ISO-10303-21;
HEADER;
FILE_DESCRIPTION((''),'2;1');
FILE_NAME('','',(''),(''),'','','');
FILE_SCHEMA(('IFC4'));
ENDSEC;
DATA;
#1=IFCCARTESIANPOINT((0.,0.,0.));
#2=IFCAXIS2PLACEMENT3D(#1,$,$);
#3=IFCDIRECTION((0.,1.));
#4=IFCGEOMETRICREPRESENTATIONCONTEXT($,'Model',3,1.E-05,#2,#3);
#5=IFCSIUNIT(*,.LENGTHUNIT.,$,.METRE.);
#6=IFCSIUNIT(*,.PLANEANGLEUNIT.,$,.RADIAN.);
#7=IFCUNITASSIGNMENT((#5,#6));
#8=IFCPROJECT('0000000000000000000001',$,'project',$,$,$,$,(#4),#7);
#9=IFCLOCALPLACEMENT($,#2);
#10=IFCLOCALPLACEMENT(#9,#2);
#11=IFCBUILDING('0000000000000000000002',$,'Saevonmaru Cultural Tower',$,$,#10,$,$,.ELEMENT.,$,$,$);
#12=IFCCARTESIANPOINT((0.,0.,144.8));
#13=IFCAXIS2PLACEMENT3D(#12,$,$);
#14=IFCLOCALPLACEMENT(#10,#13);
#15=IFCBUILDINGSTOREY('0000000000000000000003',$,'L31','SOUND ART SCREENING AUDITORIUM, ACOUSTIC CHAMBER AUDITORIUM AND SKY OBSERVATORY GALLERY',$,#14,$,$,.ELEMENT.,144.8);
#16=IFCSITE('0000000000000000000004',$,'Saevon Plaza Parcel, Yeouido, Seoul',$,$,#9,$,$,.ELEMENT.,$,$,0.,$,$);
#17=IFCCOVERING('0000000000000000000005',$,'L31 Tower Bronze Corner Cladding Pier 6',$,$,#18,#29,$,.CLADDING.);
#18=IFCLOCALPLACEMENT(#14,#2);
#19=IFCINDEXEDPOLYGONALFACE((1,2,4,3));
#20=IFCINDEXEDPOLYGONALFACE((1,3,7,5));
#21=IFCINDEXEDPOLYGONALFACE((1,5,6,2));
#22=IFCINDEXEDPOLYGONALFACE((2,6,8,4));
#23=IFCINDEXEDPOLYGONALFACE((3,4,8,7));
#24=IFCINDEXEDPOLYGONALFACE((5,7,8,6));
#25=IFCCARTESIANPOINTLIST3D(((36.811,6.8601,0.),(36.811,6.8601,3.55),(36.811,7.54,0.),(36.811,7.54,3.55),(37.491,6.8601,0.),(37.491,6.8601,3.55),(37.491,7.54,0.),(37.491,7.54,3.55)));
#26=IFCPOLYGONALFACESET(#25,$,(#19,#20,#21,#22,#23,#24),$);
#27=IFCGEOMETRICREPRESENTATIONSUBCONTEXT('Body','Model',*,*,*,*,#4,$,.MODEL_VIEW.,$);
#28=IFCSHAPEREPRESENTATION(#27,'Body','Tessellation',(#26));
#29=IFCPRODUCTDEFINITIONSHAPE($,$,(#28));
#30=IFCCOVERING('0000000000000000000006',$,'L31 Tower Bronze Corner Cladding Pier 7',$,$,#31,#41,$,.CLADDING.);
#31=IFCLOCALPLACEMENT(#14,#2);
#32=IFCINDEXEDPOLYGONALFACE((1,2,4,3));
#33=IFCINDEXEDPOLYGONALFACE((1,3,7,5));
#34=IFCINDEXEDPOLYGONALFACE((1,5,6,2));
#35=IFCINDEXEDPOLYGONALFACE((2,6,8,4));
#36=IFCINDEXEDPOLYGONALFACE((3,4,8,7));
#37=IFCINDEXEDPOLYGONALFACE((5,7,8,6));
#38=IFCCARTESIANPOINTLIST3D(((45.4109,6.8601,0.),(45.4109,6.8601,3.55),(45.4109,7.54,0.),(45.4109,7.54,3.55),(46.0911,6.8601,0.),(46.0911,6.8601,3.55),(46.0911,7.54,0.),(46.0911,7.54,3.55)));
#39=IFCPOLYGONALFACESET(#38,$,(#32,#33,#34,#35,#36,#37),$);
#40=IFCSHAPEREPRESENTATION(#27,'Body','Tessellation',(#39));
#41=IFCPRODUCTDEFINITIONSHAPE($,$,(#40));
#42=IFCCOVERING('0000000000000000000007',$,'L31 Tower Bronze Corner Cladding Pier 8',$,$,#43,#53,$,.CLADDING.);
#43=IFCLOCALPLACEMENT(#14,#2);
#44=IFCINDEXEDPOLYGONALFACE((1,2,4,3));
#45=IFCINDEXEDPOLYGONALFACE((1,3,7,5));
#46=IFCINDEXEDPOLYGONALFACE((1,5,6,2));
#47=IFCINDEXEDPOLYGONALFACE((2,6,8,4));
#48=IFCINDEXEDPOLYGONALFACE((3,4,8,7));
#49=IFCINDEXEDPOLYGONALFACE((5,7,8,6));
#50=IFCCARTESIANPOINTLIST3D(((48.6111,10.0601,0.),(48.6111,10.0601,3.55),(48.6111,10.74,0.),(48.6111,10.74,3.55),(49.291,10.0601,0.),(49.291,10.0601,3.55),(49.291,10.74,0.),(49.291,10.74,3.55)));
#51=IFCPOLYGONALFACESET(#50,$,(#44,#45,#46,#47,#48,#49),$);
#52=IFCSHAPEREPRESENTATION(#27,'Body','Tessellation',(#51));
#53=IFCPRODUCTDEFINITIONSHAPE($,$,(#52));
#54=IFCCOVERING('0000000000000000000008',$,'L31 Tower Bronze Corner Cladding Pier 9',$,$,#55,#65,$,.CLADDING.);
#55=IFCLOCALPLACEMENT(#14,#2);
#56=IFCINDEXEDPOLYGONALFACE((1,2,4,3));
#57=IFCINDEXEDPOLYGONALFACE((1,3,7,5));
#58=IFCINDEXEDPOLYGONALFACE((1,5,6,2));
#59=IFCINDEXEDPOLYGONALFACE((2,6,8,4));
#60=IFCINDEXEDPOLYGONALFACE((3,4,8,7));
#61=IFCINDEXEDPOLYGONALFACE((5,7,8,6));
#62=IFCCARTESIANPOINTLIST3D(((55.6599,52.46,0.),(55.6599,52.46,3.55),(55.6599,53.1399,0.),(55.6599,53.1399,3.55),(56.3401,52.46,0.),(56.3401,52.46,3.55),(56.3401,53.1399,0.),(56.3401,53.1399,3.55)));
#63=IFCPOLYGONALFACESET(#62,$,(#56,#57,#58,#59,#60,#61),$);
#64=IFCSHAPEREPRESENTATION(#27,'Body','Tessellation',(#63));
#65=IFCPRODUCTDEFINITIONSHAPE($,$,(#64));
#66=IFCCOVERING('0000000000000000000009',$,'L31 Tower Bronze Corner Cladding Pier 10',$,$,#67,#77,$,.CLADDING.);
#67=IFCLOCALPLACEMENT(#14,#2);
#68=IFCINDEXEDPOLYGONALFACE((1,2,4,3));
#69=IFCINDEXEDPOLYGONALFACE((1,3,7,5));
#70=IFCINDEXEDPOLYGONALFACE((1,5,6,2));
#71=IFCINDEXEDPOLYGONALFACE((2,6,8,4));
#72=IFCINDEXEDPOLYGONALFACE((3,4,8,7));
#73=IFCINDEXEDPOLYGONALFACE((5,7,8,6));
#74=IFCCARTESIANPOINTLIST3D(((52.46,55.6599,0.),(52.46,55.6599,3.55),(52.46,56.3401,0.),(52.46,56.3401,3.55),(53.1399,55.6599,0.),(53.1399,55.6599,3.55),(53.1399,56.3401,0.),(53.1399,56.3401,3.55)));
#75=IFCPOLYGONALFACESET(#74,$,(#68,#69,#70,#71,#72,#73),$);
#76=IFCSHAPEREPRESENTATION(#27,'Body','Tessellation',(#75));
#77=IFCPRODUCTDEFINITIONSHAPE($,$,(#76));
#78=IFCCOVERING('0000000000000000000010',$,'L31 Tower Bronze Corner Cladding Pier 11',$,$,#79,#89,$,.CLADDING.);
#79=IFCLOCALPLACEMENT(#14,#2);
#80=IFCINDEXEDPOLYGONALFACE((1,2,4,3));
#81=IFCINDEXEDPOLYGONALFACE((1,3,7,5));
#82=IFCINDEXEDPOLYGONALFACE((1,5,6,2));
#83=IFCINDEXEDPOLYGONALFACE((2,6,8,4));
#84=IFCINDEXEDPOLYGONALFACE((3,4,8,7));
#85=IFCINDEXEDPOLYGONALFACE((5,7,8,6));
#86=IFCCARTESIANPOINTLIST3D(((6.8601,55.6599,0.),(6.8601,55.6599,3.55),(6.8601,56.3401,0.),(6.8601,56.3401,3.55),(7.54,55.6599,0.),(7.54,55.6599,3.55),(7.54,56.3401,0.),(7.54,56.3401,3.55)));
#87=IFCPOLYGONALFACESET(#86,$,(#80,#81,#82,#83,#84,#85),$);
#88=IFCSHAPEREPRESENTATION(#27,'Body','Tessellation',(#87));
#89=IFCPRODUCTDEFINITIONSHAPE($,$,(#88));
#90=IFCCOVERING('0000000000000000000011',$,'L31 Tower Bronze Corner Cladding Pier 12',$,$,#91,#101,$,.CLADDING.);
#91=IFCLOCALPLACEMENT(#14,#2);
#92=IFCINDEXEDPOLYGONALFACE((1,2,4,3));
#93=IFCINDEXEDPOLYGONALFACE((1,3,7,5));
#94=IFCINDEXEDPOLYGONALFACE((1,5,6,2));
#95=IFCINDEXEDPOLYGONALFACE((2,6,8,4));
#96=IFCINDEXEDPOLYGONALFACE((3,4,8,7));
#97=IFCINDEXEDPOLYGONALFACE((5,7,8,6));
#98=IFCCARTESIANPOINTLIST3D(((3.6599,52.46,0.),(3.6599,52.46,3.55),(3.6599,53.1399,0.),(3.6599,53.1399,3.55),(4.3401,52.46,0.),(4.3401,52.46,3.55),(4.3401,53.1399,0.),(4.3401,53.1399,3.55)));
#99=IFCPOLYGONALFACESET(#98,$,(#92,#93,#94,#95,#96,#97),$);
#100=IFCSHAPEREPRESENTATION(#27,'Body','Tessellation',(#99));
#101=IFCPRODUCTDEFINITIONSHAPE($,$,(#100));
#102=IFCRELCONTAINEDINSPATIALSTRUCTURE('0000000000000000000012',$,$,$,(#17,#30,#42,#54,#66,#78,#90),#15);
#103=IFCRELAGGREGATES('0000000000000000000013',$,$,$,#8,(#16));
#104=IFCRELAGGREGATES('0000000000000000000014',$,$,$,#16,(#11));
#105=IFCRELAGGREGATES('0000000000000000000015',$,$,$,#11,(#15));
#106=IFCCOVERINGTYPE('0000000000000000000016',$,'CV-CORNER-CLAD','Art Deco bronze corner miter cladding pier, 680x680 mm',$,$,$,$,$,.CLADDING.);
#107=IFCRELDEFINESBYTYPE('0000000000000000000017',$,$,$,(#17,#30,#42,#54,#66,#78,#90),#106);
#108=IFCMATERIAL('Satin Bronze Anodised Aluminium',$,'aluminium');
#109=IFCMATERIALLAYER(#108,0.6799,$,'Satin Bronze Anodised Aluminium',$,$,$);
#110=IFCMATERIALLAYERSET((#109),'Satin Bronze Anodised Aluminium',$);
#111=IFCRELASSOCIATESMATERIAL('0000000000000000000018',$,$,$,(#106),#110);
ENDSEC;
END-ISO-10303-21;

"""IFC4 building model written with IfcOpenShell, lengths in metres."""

from ifc_helpers import new_model, si_unit, direction, frame, origin, place, context, subcontext, project, spatial, polyline, outline, extrude, material, layer, layer_set, type_object, element, save


model = new_model("IFC4")

# Units and contexts
model_context = context("Model", 3, precision=1e-05, world=origin(), true_north=direction((0.0, 1.0)))
body_context = subcontext(model_context, "Body", "Model", "MODEL_VIEW")
ifc_project = project(units=[si_unit("LENGTHUNIT", "METRE"), si_unit("PLANEANGLEUNIT", "RADIAN")], contexts=[model_context])

# Site, building, storey
site_placement = place(None, origin())
site = spatial("IfcSite", under=ifc_project, at=site_placement, Name="Saevon Plaza Parcel, Yeouido, Seoul", CompositionType="ELEMENT", RefElevation=0.0)
building_placement = place(site_placement, origin())
building = spatial("IfcBuilding", under=site, at=building_placement, Name="Saevonmaru Cultural Tower", CompositionType="ELEMENT")
storey_placement = place(building_placement, frame((0.0, 0.0, 144.8)))
storey = spatial("IfcBuildingStorey", under=building, at=storey_placement, Name="L31", Description="SOUND ART SCREENING AUDITORIUM, ACOUSTIC CHAMBER AUDITORIUM AND SKY OBSERVATORY GALLERY", CompositionType="ELEMENT", Elevation=144.8)

# Shared definitions
ifc_material_1 = material(Name="Satin Bronze Anodised Aluminium", Category="aluminium")

# Coverings
ifc_layer_1 = layer(ifc_material_1, 0.6799, Name="Satin Bronze Anodised Aluminium")
ifc_layer_set_1 = layer_set([ifc_layer_1], Name="Satin Bronze Anodised Aluminium")
covering_type = type_object("IfcCoveringType", Name="CV-CORNER-CLAD", Description="Art Deco bronze corner miter cladding pier, 680x680 mm", PredefinedType="CLADDING", material=ifc_layer_set_1)
covering_1_placement = place(storey_placement, origin())
element("IfcCovering", 1, at=covering_1_placement, inside=storey, type_object=covering_type, Name="L31 Tower Bronze Corner Cladding Pier 6", PredefinedType="CLADDING", context=body_context, shape_type="SweptSolid", body=[
    extrude(outline(polyline([(36.811, 6.8601), (37.491, 6.8601), (37.491, 7.54), (36.811, 7.54), (36.811, 6.8601)])), origin(), (0.0, 0.0, 1.0), 3.55),
])
covering_2_placement = place(storey_placement, origin())
element("IfcCovering", 2, at=covering_2_placement, inside=storey, type_object=covering_type, Name="L31 Tower Bronze Corner Cladding Pier 7", PredefinedType="CLADDING", context=body_context, shape_type="SweptSolid", body=[
    extrude(outline(polyline([(45.4109, 6.8601), (46.0911, 6.8601), (46.0911, 7.54), (45.4109, 7.54), (45.4109, 6.8601)])), origin(), (0.0, 0.0, 1.0), 3.55),
])
covering_3_placement = place(storey_placement, origin())
element("IfcCovering", 3, at=covering_3_placement, inside=storey, type_object=covering_type, Name="L31 Tower Bronze Corner Cladding Pier 8", PredefinedType="CLADDING", context=body_context, shape_type="SweptSolid", body=[
    extrude(outline(polyline([(48.6111, 10.0601), (49.291, 10.0601), (49.291, 10.74), (48.6111, 10.74), (48.6111, 10.0601)])), origin(), (0.0, 0.0, 1.0), 3.55),
])
covering_4_placement = place(storey_placement, origin())
element("IfcCovering", 4, at=covering_4_placement, inside=storey, type_object=covering_type, Name="L31 Tower Bronze Corner Cladding Pier 9", PredefinedType="CLADDING", context=body_context, shape_type="SweptSolid", body=[
    extrude(outline(polyline([(55.6599, 52.46), (56.3401, 52.46), (56.3401, 53.1399), (55.6599, 53.1399), (55.6599, 52.46)])), origin(), (0.0, 0.0, 1.0), 3.55),
])
covering_5_placement = place(storey_placement, origin())
element("IfcCovering", 5, at=covering_5_placement, inside=storey, type_object=covering_type, Name="L31 Tower Bronze Corner Cladding Pier 10", PredefinedType="CLADDING", context=body_context, shape_type="SweptSolid", body=[
    extrude(outline(polyline([(52.46, 55.6599), (53.1399, 55.6599), (53.1399, 56.3401), (52.46, 56.3401), (52.46, 55.6599)])), origin(), (0.0, 0.0, 1.0), 3.55),
])
covering_6_placement = place(storey_placement, origin())
element("IfcCovering", 6, at=covering_6_placement, inside=storey, type_object=covering_type, Name="L31 Tower Bronze Corner Cladding Pier 11", PredefinedType="CLADDING", context=body_context, shape_type="SweptSolid", body=[
    extrude(outline(polyline([(6.8601, 55.6599), (7.54, 55.6599), (7.54, 56.3401), (6.8601, 56.3401), (6.8601, 55.6599)])), origin(), (0.0, 0.0, 1.0), 3.55),
])
covering_7_placement = place(storey_placement, origin())
element("IfcCovering", 7, at=covering_7_placement, inside=storey, type_object=covering_type, Name="L31 Tower Bronze Corner Cladding Pier 12", PredefinedType="CLADDING", context=body_context, shape_type="SweptSolid", body=[
    extrude(outline(polyline([(3.6599, 52.46), (4.3401, 52.46), (4.3401, 53.1399), (3.6599, 53.1399), (3.6599, 52.46)])), origin(), (0.0, 0.0, 1.0), 3.55),
])

save(model, "model.ifc")
